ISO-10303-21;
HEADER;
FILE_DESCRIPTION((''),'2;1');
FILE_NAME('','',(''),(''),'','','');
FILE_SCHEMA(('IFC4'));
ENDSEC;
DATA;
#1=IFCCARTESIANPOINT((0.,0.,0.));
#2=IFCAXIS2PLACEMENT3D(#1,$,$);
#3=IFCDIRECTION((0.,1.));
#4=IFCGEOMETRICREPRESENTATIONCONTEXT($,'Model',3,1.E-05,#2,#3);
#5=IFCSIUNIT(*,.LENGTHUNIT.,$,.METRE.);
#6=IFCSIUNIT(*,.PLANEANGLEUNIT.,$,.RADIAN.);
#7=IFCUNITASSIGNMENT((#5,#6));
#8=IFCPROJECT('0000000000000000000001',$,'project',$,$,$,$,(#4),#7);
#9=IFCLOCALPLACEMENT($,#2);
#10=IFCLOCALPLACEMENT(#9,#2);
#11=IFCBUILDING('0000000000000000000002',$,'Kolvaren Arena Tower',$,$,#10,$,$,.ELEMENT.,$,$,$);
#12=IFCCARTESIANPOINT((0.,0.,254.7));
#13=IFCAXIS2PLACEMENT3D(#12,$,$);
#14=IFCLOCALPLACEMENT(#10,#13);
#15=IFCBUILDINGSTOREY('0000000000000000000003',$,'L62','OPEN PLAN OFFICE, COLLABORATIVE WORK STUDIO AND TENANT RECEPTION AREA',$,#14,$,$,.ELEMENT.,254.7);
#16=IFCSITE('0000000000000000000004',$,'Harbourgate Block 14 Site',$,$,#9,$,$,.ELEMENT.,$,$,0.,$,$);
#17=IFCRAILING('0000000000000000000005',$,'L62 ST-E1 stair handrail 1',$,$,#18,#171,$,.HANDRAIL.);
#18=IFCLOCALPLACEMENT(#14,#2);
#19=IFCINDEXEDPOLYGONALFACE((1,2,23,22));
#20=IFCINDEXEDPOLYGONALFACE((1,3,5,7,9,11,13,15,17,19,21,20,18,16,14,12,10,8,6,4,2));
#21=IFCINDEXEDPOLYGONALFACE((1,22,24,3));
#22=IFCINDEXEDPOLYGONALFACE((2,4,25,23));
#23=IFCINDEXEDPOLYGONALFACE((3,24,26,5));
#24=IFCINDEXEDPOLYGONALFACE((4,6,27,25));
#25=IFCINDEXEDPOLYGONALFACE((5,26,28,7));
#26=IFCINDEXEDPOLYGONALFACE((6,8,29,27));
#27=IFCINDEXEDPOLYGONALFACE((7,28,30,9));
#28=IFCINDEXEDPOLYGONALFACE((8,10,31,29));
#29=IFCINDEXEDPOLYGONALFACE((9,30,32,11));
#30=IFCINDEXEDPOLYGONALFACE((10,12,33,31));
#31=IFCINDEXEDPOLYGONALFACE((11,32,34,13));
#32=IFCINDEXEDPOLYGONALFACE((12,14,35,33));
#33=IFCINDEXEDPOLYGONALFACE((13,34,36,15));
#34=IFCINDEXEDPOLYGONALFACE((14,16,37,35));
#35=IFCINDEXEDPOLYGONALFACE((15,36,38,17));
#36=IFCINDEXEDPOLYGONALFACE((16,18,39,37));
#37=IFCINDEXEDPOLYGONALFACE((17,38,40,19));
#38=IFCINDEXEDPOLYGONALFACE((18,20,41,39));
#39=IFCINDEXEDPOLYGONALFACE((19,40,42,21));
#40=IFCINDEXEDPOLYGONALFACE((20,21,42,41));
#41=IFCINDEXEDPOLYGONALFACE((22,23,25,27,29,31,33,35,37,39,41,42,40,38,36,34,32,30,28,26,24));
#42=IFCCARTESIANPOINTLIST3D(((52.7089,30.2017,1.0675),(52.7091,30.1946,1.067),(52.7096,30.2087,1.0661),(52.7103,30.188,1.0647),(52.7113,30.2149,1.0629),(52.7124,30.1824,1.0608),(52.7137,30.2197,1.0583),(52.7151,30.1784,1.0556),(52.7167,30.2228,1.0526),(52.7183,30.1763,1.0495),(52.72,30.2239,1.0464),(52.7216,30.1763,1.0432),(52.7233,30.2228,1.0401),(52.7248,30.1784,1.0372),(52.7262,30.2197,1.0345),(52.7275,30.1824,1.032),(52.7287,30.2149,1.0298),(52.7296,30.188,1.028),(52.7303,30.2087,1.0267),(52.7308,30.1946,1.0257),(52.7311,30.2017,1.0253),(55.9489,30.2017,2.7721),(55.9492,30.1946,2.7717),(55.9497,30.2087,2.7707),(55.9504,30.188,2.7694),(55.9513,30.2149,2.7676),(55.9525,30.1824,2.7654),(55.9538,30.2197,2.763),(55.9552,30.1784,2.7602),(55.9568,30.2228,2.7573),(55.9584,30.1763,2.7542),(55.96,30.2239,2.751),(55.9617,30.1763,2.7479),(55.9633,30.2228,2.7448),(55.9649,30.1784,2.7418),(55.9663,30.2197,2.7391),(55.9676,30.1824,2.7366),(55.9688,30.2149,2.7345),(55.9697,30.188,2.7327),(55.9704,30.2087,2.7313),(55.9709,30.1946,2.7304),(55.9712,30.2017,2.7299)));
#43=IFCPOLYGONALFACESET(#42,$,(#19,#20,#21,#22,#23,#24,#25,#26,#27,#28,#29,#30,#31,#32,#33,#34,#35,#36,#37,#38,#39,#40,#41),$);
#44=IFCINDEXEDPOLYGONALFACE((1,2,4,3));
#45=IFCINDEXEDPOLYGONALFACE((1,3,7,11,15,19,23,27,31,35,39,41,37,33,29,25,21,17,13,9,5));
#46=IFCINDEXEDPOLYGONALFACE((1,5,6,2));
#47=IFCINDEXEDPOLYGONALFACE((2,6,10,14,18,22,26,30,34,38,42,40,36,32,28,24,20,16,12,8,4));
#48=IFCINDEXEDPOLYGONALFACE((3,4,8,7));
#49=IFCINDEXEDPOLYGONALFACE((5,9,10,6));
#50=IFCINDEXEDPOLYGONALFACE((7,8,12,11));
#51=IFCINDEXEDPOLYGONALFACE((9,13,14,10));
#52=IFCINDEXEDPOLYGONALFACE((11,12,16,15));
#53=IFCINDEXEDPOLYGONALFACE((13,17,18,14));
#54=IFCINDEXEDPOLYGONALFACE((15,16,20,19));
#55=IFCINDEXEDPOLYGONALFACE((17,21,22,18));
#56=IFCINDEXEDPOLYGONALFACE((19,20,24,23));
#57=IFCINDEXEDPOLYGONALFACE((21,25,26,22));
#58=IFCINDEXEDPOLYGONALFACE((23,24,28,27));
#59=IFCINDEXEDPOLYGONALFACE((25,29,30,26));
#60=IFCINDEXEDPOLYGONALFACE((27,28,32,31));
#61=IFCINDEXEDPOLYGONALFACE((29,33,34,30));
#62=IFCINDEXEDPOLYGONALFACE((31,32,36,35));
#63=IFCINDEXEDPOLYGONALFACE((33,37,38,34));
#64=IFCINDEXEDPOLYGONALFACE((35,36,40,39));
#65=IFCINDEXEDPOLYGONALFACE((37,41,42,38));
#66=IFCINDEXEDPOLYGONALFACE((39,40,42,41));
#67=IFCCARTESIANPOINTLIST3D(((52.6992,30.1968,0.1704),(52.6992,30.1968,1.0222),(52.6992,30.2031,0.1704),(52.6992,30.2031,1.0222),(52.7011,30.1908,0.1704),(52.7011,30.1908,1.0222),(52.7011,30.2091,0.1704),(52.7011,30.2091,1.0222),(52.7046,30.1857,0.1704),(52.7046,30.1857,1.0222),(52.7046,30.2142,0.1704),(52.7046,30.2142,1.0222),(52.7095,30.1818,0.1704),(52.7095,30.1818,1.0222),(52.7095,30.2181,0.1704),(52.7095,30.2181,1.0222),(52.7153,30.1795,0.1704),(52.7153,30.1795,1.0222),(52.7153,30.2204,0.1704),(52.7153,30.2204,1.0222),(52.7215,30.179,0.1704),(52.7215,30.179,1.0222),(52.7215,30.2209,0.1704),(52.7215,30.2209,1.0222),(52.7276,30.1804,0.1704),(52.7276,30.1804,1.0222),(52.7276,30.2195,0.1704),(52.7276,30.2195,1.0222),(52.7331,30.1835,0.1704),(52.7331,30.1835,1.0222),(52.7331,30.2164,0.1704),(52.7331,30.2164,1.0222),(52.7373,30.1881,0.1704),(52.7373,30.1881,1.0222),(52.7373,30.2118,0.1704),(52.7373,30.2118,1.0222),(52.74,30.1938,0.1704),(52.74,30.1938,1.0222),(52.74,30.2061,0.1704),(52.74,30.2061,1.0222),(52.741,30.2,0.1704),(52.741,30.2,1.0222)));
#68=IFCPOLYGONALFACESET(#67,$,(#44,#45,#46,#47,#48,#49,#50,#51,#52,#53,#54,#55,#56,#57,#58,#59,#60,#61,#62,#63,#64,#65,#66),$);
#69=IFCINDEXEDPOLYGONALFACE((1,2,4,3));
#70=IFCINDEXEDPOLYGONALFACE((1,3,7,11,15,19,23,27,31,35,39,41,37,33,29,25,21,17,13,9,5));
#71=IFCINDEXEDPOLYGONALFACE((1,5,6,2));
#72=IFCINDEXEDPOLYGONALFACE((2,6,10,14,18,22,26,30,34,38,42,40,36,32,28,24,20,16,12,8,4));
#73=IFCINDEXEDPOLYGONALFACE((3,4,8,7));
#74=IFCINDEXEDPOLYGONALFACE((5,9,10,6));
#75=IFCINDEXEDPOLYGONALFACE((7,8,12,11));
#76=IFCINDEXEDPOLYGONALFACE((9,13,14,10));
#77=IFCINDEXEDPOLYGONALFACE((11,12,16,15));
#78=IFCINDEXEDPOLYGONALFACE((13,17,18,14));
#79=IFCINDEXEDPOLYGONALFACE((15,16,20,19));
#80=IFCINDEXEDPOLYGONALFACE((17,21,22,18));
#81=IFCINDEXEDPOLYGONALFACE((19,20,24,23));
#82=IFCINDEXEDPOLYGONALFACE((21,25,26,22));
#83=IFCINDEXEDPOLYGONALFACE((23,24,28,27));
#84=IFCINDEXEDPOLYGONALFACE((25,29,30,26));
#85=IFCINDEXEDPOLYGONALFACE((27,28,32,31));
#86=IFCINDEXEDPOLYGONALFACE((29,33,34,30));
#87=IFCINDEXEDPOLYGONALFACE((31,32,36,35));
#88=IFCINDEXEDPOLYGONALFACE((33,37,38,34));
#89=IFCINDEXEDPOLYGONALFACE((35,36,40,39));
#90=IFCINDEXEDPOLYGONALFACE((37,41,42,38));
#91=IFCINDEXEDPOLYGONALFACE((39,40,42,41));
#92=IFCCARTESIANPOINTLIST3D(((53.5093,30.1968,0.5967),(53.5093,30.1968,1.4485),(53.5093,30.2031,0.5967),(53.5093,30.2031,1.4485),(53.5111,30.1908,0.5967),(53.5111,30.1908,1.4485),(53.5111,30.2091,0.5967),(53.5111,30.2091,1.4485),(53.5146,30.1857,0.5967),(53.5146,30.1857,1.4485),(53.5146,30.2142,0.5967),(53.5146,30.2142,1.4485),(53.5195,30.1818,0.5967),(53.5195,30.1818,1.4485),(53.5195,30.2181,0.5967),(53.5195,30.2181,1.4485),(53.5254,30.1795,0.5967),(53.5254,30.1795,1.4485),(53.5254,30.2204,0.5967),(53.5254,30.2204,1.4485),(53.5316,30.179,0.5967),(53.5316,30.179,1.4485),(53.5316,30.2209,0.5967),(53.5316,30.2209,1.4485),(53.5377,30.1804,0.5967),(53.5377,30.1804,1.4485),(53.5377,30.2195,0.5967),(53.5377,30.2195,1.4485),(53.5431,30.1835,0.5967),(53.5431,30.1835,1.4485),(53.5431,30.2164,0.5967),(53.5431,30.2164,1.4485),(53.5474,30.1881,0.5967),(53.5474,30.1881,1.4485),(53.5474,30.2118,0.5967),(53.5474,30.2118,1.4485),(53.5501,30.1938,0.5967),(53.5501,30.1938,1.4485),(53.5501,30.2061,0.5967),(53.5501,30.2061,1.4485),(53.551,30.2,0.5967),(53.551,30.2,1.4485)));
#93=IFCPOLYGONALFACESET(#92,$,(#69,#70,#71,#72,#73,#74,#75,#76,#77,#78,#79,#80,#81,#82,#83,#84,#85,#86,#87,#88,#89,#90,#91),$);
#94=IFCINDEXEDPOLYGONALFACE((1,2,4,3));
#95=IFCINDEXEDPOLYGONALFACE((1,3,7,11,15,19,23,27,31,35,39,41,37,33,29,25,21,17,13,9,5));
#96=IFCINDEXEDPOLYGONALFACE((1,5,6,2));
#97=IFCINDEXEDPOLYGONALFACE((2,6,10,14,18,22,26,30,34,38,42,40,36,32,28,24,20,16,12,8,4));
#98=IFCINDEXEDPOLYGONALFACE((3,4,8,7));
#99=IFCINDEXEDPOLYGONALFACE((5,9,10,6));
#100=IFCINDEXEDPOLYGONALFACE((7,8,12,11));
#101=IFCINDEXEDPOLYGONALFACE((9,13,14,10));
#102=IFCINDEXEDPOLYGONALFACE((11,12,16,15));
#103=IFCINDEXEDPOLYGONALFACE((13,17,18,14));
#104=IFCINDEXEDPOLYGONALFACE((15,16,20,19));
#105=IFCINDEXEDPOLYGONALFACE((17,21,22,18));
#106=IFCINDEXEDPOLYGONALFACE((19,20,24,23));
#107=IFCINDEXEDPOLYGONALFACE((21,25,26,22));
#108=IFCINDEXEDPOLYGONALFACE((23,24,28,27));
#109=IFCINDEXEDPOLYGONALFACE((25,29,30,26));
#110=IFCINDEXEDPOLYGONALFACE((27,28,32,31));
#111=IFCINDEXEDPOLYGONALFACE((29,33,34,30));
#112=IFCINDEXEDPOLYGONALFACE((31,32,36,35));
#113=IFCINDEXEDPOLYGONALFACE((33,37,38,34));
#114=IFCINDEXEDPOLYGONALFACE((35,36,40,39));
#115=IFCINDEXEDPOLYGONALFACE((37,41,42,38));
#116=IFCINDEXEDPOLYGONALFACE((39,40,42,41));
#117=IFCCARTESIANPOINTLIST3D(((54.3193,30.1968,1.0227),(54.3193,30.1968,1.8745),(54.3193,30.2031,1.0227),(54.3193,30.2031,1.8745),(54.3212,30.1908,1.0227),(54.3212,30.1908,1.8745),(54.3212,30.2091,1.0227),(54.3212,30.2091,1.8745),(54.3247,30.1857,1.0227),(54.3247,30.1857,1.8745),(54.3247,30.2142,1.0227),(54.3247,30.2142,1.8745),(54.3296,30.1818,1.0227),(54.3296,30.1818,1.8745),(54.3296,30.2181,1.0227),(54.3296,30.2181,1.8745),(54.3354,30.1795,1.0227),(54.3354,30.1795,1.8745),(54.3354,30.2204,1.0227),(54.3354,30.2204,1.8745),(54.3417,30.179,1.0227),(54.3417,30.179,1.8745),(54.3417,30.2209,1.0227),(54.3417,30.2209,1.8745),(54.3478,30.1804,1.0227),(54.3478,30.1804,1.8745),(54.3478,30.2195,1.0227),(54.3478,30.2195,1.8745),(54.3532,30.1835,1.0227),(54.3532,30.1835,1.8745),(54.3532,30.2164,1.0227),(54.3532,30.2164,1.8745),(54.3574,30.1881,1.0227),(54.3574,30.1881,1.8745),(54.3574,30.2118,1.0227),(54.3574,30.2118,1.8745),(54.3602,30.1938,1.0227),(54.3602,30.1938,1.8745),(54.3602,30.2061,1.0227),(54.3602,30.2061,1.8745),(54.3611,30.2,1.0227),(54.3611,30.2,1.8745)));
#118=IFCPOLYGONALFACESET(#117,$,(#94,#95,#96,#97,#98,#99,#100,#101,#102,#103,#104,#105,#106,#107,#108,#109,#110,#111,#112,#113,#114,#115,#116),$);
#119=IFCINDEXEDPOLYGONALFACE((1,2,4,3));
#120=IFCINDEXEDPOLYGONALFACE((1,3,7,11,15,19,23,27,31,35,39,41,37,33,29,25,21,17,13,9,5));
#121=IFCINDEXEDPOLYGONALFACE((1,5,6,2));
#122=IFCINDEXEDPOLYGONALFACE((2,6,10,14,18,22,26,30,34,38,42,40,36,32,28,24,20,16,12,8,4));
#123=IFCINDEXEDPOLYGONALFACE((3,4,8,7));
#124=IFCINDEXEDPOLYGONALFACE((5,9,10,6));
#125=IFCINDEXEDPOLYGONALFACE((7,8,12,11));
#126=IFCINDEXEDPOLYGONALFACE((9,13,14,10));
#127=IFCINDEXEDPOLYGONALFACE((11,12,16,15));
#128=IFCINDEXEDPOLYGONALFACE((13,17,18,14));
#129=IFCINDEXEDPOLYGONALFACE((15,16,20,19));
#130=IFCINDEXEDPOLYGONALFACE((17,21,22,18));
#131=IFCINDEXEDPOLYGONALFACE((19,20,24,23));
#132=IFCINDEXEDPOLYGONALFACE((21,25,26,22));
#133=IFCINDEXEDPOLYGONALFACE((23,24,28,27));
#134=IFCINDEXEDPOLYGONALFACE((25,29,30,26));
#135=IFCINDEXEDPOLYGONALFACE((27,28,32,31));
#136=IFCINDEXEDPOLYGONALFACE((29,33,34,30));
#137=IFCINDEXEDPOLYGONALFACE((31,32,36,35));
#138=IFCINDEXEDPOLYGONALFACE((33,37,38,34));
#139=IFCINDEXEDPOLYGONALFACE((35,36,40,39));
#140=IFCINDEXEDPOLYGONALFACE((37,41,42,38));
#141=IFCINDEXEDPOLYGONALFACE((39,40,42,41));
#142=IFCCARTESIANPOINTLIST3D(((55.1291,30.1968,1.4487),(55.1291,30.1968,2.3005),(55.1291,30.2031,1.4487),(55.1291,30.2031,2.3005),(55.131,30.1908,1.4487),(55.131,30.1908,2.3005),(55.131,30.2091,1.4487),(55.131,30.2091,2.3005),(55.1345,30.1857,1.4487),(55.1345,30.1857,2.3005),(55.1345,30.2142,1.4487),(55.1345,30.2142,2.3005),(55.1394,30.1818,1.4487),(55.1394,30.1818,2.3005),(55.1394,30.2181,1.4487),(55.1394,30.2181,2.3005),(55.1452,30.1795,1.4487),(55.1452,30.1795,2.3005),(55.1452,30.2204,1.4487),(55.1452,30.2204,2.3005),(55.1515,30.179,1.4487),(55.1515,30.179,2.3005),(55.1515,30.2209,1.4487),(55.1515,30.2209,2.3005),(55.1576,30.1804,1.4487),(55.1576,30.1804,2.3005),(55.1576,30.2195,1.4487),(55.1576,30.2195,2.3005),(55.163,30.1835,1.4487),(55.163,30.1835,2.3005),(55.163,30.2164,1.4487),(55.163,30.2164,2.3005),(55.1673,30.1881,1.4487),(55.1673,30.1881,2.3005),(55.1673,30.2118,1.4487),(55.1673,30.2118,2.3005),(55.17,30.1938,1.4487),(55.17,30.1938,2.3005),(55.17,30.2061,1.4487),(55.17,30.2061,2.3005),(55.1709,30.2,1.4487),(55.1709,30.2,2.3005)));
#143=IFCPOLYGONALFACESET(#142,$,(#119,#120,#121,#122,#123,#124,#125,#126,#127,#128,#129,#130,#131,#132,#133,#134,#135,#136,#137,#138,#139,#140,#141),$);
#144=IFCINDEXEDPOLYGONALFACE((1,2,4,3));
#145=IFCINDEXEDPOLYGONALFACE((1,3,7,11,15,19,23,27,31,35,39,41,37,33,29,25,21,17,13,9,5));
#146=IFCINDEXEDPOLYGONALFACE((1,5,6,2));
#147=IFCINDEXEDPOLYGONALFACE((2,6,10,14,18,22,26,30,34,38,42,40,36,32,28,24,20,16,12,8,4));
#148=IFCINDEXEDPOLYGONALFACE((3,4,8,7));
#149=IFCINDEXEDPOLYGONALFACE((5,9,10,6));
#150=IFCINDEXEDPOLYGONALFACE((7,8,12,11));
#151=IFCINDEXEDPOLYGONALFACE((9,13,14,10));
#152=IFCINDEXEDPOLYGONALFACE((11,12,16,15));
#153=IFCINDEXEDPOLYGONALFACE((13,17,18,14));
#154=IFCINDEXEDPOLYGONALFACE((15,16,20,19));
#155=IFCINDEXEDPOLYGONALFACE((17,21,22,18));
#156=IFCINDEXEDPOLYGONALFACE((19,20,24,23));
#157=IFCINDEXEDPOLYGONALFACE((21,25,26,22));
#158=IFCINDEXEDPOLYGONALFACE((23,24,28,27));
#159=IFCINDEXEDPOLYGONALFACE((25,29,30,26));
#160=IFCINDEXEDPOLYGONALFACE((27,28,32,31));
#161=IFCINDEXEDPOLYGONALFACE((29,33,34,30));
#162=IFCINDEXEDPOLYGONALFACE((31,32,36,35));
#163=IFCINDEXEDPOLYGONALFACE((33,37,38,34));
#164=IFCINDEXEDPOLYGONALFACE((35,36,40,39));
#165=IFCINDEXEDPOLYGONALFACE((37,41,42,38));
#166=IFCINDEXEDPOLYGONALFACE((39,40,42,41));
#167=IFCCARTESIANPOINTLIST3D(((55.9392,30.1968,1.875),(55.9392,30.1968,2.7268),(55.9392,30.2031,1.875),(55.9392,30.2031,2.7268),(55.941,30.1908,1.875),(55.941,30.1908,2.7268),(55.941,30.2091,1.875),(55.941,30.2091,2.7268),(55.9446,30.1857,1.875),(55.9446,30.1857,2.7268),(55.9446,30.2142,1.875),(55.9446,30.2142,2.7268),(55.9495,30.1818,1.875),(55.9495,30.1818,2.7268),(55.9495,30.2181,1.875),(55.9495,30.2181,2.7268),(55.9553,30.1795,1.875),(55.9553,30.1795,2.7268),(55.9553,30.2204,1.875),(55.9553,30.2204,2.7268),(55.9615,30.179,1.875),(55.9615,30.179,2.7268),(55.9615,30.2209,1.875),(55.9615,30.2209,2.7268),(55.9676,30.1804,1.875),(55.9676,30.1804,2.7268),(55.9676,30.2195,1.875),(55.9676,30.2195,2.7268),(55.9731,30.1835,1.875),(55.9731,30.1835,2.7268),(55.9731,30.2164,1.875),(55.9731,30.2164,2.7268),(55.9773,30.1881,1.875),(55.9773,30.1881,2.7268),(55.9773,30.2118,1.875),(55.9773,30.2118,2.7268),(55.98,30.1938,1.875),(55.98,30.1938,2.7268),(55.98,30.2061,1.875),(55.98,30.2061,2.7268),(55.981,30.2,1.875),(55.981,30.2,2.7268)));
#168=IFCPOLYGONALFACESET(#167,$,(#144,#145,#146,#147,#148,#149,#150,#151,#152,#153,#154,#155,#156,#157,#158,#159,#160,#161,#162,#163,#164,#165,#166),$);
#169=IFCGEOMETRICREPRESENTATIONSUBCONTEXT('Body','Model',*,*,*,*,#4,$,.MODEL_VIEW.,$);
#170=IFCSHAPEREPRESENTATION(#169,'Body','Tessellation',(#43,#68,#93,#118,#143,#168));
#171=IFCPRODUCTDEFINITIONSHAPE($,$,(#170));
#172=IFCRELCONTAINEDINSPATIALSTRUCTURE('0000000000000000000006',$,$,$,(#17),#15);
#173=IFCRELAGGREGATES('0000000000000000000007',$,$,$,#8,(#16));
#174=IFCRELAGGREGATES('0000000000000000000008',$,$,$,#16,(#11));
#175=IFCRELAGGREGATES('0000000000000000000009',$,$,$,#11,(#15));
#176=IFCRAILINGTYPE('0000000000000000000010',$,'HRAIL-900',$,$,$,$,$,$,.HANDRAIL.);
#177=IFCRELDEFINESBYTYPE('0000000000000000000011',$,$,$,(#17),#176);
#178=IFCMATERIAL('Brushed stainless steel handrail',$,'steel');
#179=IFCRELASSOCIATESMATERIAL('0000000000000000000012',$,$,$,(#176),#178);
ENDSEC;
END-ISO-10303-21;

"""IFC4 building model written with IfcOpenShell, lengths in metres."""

from ifc_helpers import new_model, si_unit, direction, frame, origin, origin_2d, place, context, subcontext, project, spatial, circle, extrude, material, type_object, element, save


model = new_model("IFC4")

# Units and contexts
model_context = context("Model", 3, precision=1e-05, world=origin(), true_north=direction((0.0, 1.0)))
body_context = subcontext(model_context, "Body", "Model", "MODEL_VIEW")
ifc_project = project(units=[si_unit("LENGTHUNIT", "METRE"), si_unit("PLANEANGLEUNIT", "RADIAN")], contexts=[model_context])

# Site, building, storey
site_placement = place(None, origin())
site = spatial("IfcSite", under=ifc_project, at=site_placement, Name="Harbourgate Block 14 Site", CompositionType="ELEMENT", RefElevation=0.0)
building_placement = place(site_placement, origin())
building = spatial("IfcBuilding", under=site, at=building_placement, Name="Kolvaren Arena Tower", CompositionType="ELEMENT")
storey_placement = place(building_placement, frame((0.0, 0.0, 254.7)))
storey = spatial("IfcBuildingStorey", under=building, at=storey_placement, Name="L62", Description="OPEN PLAN OFFICE, COLLABORATIVE WORK STUDIO AND TENANT RECEPTION AREA", CompositionType="ELEMENT", Elevation=254.7)

# Railing
ifc_material_1 = material(Name="Brushed stainless steel handrail", Category="steel")
railing_type_1 = type_object("IfcRailingType", Name="HRAIL-900", PredefinedType="HANDRAIL", material=ifc_material_1)
for number, where, name in (
    (1, (52.72, 30.2, 0.1704), "L62 ST-E1 stair handrail 1"),
):
    element("IfcRailing", number, at=place(storey_placement, frame(where)), inside=storey, type_object=railing_type_1, Name=name, PredefinedType="HANDRAIL", context=body_context, shape_type="SweptSolid", body=[
        extrude(circle(Radius=0.0239, at=origin_2d()), frame((0.0, 0.0, 0.876), z_axis=(0.884993, 0.0, 0.465604), x_axis=(0.0, 1.0, 0.0)), (0.0, 0.0, 1.0), 3.6611),
        extrude(circle(Radius=0.021, at=origin_2d()), origin(), (0.0, 0.0, 1.0), 0.8518),
        extrude(circle(Radius=0.021, at=origin_2d()), frame((0.8101, 0.0, 0.4263)), (0.0, 0.0, 1.0), 0.8518),
        extrude(circle(Radius=0.021, at=origin_2d()), frame((1.6201, 0.0, 0.8523)), (0.0, 0.0, 1.0), 0.8518),
        extrude(circle(Radius=0.021, at=origin_2d()), frame((2.4299, 0.0, 1.2783)), (0.0, 0.0, 1.0), 0.8518),
        extrude(circle(Radius=0.021, at=origin_2d()), frame((3.24, 0.0, 1.7046)), (0.0, 0.0, 1.0), 0.8518),
    ])

save(model, "model.ifc")
